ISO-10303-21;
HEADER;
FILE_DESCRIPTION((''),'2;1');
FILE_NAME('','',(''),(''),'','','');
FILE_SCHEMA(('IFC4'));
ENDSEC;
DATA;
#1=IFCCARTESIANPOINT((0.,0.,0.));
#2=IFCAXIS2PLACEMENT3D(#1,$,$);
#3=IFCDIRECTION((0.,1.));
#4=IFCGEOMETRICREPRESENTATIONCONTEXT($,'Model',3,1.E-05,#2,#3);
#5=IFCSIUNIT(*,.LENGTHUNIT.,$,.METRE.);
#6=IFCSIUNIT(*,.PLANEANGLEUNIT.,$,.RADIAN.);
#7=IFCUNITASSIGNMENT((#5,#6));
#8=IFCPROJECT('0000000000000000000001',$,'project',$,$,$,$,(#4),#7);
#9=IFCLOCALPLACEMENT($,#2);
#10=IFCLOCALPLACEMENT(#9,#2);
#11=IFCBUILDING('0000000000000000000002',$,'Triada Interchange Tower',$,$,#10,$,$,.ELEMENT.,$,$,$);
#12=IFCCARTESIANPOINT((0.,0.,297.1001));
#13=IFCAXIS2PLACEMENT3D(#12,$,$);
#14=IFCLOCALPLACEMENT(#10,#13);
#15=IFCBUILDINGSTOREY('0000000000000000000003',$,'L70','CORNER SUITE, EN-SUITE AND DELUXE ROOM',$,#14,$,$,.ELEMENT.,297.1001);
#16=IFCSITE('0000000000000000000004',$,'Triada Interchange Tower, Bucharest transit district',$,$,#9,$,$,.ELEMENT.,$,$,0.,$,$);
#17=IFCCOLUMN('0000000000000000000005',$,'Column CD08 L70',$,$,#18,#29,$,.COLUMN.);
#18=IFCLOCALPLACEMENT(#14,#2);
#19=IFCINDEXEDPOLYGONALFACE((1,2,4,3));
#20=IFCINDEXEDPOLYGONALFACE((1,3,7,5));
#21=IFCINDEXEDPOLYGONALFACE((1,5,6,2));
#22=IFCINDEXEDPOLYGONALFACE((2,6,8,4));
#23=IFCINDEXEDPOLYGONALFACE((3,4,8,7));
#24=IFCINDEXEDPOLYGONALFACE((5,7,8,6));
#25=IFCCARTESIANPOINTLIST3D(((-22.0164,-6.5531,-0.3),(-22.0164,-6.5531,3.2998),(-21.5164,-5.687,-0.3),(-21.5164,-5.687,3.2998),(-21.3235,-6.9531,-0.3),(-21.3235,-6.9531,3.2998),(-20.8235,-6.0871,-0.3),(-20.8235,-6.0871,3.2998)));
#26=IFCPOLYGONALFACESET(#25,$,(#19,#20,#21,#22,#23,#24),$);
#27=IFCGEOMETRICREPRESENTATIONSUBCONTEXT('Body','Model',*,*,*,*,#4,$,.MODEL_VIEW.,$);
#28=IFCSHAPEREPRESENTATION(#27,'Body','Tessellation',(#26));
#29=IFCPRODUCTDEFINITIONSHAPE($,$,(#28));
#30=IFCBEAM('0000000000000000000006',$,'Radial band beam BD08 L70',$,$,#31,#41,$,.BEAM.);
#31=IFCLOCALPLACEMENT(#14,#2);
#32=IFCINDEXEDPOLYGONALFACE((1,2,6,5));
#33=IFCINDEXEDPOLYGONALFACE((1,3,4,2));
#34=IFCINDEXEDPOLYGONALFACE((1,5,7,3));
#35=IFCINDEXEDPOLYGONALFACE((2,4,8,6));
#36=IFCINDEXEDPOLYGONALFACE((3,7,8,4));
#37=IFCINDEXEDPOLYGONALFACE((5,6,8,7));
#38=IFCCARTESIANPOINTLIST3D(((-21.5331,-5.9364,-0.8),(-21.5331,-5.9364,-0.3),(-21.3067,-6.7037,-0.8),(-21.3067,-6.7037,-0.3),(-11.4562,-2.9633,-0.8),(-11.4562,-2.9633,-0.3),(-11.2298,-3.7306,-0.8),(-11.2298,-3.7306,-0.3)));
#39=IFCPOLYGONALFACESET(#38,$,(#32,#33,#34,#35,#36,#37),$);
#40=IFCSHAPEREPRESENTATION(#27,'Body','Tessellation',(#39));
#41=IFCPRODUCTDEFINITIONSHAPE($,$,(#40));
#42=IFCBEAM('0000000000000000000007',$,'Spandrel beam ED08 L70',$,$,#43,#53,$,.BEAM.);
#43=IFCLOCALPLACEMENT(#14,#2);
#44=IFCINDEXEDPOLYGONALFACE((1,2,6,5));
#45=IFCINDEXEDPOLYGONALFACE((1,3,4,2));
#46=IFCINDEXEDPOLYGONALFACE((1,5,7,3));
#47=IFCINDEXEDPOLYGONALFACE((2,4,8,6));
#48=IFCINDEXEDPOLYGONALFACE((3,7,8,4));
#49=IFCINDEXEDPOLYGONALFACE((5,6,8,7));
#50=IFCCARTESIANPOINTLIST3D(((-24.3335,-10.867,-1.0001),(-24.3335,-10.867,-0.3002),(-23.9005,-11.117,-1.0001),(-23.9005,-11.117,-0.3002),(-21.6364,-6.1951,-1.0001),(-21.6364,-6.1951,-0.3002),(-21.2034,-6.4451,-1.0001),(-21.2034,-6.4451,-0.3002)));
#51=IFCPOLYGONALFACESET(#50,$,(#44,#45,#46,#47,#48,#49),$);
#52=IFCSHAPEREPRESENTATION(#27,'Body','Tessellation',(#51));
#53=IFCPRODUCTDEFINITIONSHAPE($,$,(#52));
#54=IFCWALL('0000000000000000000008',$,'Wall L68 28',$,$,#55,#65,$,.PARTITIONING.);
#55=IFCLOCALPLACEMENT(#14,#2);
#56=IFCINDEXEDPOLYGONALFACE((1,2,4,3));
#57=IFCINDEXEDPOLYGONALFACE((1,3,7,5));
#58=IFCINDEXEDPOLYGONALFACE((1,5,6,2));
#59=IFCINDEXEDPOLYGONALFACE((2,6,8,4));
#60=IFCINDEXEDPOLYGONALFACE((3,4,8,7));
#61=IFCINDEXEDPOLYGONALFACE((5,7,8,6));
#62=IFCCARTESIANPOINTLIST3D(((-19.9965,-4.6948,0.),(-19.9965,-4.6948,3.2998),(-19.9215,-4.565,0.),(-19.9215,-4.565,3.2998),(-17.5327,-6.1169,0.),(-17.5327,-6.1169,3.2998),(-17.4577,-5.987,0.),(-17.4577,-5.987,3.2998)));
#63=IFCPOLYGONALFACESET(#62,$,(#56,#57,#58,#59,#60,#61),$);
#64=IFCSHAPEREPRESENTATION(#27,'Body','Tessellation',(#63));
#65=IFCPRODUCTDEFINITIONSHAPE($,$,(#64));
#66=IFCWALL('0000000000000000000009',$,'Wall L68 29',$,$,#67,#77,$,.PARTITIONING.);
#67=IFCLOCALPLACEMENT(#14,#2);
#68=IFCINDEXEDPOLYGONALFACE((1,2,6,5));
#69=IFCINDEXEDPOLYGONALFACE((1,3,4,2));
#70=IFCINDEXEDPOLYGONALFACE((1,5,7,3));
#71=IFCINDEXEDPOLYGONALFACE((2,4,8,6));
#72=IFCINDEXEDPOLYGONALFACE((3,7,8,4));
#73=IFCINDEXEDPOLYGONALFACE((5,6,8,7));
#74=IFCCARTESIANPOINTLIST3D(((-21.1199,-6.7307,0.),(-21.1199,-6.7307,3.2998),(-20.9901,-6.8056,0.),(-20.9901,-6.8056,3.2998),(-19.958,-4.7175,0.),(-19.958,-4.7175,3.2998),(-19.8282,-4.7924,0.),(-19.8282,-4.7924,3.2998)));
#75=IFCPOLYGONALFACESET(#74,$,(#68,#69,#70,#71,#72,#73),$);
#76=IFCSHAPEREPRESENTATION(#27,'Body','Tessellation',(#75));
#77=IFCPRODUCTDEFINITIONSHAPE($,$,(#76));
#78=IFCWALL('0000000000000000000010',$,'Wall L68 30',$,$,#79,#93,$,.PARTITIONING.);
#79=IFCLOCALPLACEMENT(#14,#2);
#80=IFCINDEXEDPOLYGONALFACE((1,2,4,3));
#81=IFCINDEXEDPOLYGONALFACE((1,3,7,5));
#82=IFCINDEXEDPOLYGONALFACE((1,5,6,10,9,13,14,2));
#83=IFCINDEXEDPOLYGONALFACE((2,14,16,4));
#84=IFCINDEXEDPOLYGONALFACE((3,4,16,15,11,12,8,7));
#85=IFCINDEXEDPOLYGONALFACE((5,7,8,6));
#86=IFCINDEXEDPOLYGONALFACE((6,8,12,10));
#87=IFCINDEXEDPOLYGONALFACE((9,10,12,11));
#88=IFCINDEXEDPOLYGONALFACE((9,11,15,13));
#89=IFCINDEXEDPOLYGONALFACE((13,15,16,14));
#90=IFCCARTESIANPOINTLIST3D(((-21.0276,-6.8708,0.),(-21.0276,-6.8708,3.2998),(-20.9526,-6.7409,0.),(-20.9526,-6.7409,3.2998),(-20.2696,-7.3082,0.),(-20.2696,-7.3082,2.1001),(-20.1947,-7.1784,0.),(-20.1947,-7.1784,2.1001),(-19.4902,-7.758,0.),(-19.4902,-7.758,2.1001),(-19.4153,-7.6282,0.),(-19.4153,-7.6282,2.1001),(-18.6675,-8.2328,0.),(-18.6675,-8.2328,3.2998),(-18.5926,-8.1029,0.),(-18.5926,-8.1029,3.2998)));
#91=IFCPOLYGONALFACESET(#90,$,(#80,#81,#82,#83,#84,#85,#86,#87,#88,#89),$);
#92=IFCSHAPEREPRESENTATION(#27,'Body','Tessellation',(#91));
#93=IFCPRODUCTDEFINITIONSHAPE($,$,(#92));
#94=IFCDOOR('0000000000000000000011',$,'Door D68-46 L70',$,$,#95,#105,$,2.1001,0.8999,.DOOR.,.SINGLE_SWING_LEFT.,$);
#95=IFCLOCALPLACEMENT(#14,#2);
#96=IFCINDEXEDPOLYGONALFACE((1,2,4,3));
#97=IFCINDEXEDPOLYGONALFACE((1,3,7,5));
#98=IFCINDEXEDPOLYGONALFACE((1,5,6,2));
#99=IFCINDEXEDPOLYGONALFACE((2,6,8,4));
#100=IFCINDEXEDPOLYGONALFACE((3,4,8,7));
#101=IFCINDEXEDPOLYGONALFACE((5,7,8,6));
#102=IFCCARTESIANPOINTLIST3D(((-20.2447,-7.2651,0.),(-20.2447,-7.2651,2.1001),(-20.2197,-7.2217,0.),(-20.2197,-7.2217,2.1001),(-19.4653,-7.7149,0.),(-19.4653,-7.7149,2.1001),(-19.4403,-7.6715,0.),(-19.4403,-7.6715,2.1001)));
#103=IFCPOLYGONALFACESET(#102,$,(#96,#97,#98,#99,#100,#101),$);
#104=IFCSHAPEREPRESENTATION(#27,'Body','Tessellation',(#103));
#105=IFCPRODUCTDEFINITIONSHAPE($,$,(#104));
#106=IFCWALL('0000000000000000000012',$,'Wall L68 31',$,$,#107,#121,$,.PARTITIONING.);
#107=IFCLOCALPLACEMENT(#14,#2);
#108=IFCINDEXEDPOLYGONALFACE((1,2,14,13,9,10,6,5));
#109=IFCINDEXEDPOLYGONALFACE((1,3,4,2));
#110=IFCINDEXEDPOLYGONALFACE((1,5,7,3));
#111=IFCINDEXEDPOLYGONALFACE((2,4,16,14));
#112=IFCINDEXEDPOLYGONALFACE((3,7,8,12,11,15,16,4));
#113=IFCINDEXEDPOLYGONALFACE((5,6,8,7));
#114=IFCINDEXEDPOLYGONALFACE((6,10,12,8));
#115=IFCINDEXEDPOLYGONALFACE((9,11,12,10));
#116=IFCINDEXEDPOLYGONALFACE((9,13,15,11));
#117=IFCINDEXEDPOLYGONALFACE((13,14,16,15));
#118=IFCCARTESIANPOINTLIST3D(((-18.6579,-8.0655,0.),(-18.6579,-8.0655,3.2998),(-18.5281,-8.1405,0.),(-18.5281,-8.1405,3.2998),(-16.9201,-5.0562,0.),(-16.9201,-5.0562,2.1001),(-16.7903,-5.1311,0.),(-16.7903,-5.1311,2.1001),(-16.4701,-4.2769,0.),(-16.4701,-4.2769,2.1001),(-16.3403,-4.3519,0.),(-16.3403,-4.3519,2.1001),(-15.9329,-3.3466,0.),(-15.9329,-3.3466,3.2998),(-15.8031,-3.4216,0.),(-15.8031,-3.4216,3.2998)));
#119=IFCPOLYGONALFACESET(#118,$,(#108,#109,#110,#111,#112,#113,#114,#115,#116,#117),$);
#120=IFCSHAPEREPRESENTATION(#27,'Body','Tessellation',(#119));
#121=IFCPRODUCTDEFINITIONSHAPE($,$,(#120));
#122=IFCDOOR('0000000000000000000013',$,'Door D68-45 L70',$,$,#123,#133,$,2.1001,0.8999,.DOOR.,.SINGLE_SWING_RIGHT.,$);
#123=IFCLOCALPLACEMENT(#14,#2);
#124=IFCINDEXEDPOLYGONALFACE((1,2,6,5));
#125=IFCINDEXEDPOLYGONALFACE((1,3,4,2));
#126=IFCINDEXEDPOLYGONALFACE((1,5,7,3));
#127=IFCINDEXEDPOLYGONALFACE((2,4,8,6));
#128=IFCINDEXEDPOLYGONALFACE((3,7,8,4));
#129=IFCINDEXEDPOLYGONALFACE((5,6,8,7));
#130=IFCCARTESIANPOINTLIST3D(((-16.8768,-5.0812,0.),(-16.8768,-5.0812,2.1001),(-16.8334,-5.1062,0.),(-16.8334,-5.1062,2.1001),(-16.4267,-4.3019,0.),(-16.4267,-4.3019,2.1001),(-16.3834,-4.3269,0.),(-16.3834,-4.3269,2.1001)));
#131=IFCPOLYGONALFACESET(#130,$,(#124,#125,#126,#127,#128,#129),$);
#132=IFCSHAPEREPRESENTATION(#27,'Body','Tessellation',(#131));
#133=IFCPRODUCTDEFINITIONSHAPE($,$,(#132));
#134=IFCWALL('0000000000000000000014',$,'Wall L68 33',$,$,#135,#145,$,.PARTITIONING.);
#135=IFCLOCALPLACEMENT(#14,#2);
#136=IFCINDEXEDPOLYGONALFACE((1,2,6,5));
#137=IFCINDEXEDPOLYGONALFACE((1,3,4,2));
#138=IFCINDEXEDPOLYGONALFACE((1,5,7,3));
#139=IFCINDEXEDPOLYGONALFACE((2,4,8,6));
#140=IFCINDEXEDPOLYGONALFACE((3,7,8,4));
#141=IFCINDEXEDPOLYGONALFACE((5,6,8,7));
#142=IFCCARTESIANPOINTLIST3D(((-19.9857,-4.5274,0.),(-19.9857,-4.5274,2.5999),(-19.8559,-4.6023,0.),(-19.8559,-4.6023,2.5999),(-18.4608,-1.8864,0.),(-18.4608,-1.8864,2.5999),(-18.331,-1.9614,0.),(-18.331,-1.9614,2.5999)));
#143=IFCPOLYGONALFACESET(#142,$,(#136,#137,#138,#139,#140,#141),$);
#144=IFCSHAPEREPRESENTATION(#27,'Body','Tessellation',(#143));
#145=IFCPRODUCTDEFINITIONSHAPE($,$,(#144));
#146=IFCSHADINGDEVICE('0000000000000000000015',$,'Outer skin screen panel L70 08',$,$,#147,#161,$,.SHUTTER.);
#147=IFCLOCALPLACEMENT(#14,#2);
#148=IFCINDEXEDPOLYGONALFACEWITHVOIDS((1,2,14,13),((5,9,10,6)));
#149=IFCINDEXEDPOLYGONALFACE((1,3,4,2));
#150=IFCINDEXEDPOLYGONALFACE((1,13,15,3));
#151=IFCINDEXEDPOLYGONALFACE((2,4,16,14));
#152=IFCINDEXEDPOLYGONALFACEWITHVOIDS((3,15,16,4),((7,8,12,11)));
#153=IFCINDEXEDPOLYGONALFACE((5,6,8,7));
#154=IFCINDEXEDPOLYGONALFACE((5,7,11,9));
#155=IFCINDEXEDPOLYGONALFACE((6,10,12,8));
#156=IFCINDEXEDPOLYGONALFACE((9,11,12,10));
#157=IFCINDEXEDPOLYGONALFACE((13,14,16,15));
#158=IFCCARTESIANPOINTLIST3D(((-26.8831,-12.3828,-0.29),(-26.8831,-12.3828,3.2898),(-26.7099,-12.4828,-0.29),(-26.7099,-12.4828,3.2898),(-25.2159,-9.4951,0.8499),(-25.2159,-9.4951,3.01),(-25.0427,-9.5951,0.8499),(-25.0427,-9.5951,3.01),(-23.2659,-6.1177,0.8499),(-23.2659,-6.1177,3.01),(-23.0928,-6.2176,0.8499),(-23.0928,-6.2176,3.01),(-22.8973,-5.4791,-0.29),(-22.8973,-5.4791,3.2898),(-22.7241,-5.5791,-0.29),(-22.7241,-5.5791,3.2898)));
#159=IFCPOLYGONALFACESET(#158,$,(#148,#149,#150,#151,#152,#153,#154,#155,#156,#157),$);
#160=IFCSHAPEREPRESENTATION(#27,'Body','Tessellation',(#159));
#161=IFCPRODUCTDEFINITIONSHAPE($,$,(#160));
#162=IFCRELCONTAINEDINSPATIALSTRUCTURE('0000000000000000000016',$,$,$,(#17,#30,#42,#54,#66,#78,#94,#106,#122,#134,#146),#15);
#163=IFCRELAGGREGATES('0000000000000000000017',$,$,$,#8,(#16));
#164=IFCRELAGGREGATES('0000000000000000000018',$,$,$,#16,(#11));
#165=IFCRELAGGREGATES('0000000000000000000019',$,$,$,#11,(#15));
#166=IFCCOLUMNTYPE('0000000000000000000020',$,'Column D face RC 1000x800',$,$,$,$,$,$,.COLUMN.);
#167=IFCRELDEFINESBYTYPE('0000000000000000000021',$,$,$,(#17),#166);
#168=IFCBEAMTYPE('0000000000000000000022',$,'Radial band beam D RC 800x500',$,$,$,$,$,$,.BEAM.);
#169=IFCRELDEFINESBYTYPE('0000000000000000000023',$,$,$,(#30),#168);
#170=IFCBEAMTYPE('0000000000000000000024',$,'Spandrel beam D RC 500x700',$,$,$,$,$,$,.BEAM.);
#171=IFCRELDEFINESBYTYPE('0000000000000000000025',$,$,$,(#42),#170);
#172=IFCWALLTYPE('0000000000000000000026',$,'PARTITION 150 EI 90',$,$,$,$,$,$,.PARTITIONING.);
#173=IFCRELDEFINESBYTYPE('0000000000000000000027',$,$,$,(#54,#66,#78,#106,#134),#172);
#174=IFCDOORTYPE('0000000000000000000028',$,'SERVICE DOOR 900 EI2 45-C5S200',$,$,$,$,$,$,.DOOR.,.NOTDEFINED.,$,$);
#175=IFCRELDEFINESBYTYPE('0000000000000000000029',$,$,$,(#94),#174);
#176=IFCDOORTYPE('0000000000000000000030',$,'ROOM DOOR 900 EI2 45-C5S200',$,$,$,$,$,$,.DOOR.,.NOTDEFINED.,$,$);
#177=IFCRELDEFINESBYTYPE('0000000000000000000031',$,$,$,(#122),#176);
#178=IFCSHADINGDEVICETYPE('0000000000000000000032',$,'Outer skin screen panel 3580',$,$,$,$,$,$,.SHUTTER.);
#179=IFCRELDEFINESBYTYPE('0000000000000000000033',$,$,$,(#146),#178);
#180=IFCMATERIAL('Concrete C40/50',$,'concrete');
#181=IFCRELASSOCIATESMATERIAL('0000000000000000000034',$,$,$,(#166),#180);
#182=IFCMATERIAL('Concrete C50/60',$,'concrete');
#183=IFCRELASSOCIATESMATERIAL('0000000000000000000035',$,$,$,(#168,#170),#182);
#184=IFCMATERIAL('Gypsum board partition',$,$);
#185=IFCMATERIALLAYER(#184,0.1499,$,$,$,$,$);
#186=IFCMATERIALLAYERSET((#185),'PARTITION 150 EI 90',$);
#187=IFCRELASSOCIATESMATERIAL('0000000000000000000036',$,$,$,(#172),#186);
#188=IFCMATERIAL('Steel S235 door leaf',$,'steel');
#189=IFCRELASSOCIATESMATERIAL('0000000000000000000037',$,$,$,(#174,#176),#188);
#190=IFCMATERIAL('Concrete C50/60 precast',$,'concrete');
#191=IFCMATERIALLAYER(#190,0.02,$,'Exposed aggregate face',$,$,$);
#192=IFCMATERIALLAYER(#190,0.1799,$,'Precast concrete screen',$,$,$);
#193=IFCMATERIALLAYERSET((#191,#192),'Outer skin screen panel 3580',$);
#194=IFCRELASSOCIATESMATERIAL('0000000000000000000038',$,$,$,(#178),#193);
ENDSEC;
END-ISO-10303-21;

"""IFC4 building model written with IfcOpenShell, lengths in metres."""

from ifc_helpers import new_model, si_unit, direction, frame, frame_2d, origin, origin_2d, place, context, subcontext, project, spatial, polyline, rectangle, outline, extrude, material, layer, layer_set, material_profile, profile_set, type_object, element, fill, save


model = new_model("IFC4")

# Units and contexts
model_context = context("Model", 3, precision=1e-05, world=origin(), true_north=direction((0.0, 1.0)))
body_context = subcontext(model_context, "Body", "Model", "MODEL_VIEW")
ifc_project = project(units=[si_unit("LENGTHUNIT", "METRE"), si_unit("PLANEANGLEUNIT", "RADIAN")], contexts=[model_context])

# Site, building, storey
site_placement = place(None, origin())
site = spatial("IfcSite", under=ifc_project, at=site_placement, Name="Triada Interchange Tower, Bucharest transit district", CompositionType="ELEMENT", RefElevation=0.0)
building_placement = place(site_placement, origin())
building = spatial("IfcBuilding", under=site, at=building_placement, Name="Triada Interchange Tower", CompositionType="ELEMENT")
storey_placement = place(building_placement, frame((0.0, 0.0, 297.1001)))
storey = spatial("IfcBuildingStorey", under=building, at=storey_placement, Name="L70", Description="CORNER SUITE, EN-SUITE AND DELUXE ROOM", CompositionType="ELEMENT", Elevation=297.1001)

# Column
ifc_material_1 = material(Name="Concrete C40/50", Category="concrete")
ifc_material_profile_1 = material_profile(ifc_material_1, rectangle(XDim=1.0, YDim=0.8, at=origin_2d()), Name="RC 1000x800")
ifc_profile_set_1 = profile_set([ifc_material_profile_1], Name="Concrete C40/50")
column_type = type_object("IfcColumnType", Name="Column D face RC 1000x800", PredefinedType="COLUMN", material=ifc_profile_set_1)
column_placement = place(storey_placement, frame((-21.4199, -6.3201, -0.3), z_axis=(0.0, 0.0, 1.0), x_axis=(0.5, 0.866025, 0.0)))
element("IfcColumn", 1, at=column_placement, inside=storey, type_object=column_type, Name="Column CD08 L70", PredefinedType="COLUMN", context=body_context, shape_type="SweptSolid", body=[
    extrude(rectangle(XDim=1.0, YDim=0.8, at=origin_2d()), origin(), (0.0, 0.0, 1.0), 3.5999),
])

# Beams
ifc_material_2 = material(Name="Concrete C50/60", Category="concrete")
ifc_material_profile_2 = material_profile(ifc_material_2, rectangle(XDim=0.8, YDim=0.5, at=origin_2d()), Name="RC 800x500")
ifc_profile_set_2 = profile_set([ifc_material_profile_2], Name="Concrete C50/60")
beam_type_1 = type_object("IfcBeamType", Name="Radial band beam D RC 800x500", PredefinedType="BEAM", material=ifc_profile_set_2)
beam_1_placement = place(storey_placement, frame((-21.4199, -6.3201, -0.55), z_axis=(0.959124, 0.282985, 0.0), x_axis=(-0.282985, 0.959124, 0.0)))
element("IfcBeam", 2, at=beam_1_placement, inside=storey, type_object=beam_type_1, Name="Radial band beam BD08 L70", PredefinedType="BEAM", context=body_context, shape_type="SweptSolid", body=[
    extrude(rectangle(XDim=0.8, YDim=0.5, at=origin_2d()), origin(), (0.0, 0.0, 1.0), 10.5063),
])
ifc_material_profile_3 = material_profile(ifc_material_2, rectangle(XDim=0.5, YDim=0.7, at=origin_2d()), Name="RC 500x700")
ifc_profile_set_3 = profile_set([ifc_material_profile_3], Name="Concrete C50/60")
beam_type_2 = type_object("IfcBeamType", Name="Spandrel beam D RC 500x700", PredefinedType="BEAM", material=ifc_profile_set_3)
beam_2_placement = place(storey_placement, frame((-21.4199, -6.3201, -0.6501), z_axis=(-0.49996, -0.866048, 0.0), x_axis=(0.866048, -0.49996, 0.0)))
element("IfcBeam", 3, at=beam_2_placement, inside=storey, type_object=beam_type_2, Name="Spandrel beam ED08 L70", PredefinedType="BEAM", context=body_context, shape_type="SweptSolid", body=[
    extrude(rectangle(XDim=0.5, YDim=0.7, at=origin_2d()), origin(), (0.0, 0.0, 1.0), 5.3945),
])

# Walls
ifc_material_3 = material(Name="Gypsum board partition")
ifc_layer_1 = layer(ifc_material_3, 0.1499)
ifc_layer_set_1 = layer_set([ifc_layer_1], Name="PARTITION 150 EI 90")
wall_type = type_object("IfcWallType", Name="PARTITION 150 EI 90", PredefinedType="PARTITIONING", material=ifc_layer_set_1)
wall_1_placement = place(storey_placement, frame((-19.959, -4.6299, 0.0), z_axis=(0.0, 0.0, 1.0), x_axis=(0.866086, -0.499896, 0.0)))
element("IfcWall", 4, at=wall_1_placement, inside=storey, type_object=wall_type, Name="Wall L68 28", PredefinedType="PARTITIONING", context=body_context, shape_type="SweptSolid", body=[
    extrude(rectangle(XDim=2.8447, YDim=0.1499, at=frame_2d((1.4224, 0.0))), origin(), (0.0, 0.0, 1.0), 3.2998),
])
wall_2_placement = place(storey_placement, frame((-21.0549, -6.7681, 0.0), z_axis=(0.0, 0.0, 1.0), x_axis=(0.499856, 0.866109, 0.0)))
element("IfcWall", 5, at=wall_2_placement, inside=storey, type_object=wall_type, Name="Wall L68 29", PredefinedType="PARTITIONING", context=body_context, shape_type="SweptSolid", body=[
    extrude(rectangle(XDim=2.3245, YDim=0.1499, at=frame_2d((1.1621, 0.0))), origin(), (0.0, 0.0, 1.0), 3.2998),
])

# Walls, openings, doors
wall_3_placement = place(storey_placement, frame((-20.99, -6.8059, 0.0), z_axis=(0.0, 0.0, 1.0), x_axis=(0.866112, -0.499849, 0.0)))
wall_3 = element("IfcWall", 6, at=wall_3_placement, inside=storey, type_object=wall_type, Name="Wall L68 30", PredefinedType="PARTITIONING", context=body_context, shape_type="SweptSolid", body=[
    extrude(rectangle(XDim=2.7249, YDim=0.1499, at=frame_2d((1.3623, 0.0))), origin(), (0.0, 0.0, 1.0), 3.2998),
])
opening_1_placement = place(wall_3_placement, frame((0.875, 0.0, 0.0)))
opening_1 = element("IfcOpeningElement", 7, at=opening_1_placement, cuts=wall_3, PredefinedType="OPENING", context=body_context, shape_type="SweptSolid", body=[
    extrude(rectangle(XDim=0.8999, YDim=2.1001, at=frame_2d((0.45, 1.05))), frame((0.0, 0.085, 0.0), z_axis=(0.0, -1.0, 0.0), x_axis=(1.0, 0.0, 0.0)), (0.0, 0.0, 1.0), 0.1699),
])
ifc_material_4 = material(Name="Steel S235 door leaf", Category="steel")
door_type_1 = type_object("IfcDoorType", Name="SERVICE DOOR 900 EI2 45-C5S200", OperationType="NOTDEFINED", PredefinedType="DOOR", material=ifc_material_4)
door_1_placement = place(opening_1_placement, origin())
door_1 = element("IfcDoor", 8, at=door_1_placement, inside=storey, type_object=door_type_1, Name="Door D68-46 L70", OperationType="SINGLE_SWING_LEFT", OverallHeight=2.1001, OverallWidth=0.8999, PredefinedType="DOOR", context=body_context, shape_type="SweptSolid", body=[
    extrude(rectangle(XDim=0.8999, YDim=2.1001, at=frame_2d((0.45, 1.05))), frame((0.0, 0.0249, 0.0), z_axis=(0.0, -1.0, 0.0), x_axis=(1.0, 0.0, 0.0)), (0.0, 0.0, 1.0), 0.05),
])
fill(opening_1, door_1)
wall_4_placement = place(storey_placement, frame((-18.593, -8.103, 0.0), z_axis=(0.0, 0.0, 1.0), x_axis=(0.500081, 0.865979, 0.0)))
wall_4 = element("IfcWall", 9, at=wall_4_placement, inside=storey, type_object=wall_type, Name="Wall L68 31", PredefinedType="PARTITIONING", context=body_context, shape_type="SweptSolid", body=[
    extrude(rectangle(XDim=5.4492, YDim=0.1499, at=frame_2d((2.7246, 0.0))), origin(), (0.0, 0.0, 1.0), 3.2998),
])
opening_2_placement = place(wall_4_placement, frame((3.4751, 0.0, 0.0)))
opening_2 = element("IfcOpeningElement", 10, at=opening_2_placement, cuts=wall_4, PredefinedType="OPENING", context=body_context, shape_type="SweptSolid", body=[
    extrude(rectangle(XDim=0.8999, YDim=2.1001, at=frame_2d((0.45, 1.05))), frame((0.0, 0.085, 0.0), z_axis=(0.0, -1.0, 0.0), x_axis=(1.0, 0.0, 0.0)), (0.0, 0.0, 1.0), 0.1699),
])
door_type_2 = type_object("IfcDoorType", Name="ROOM DOOR 900 EI2 45-C5S200", OperationType="NOTDEFINED", PredefinedType="DOOR", material=ifc_material_4)
door_2_placement = place(opening_2_placement, origin())
door_2 = element("IfcDoor", 11, at=door_2_placement, inside=storey, type_object=door_type_2, Name="Door D68-45 L70", OperationType="SINGLE_SWING_RIGHT", OverallHeight=2.1001, OverallWidth=0.8999, PredefinedType="DOOR", context=body_context, shape_type="SweptSolid", body=[
    extrude(rectangle(XDim=0.8999, YDim=2.1001, at=frame_2d((0.45, 1.05))), frame((0.0, 0.0249, 0.0), z_axis=(0.0, -1.0, 0.0), x_axis=(1.0, 0.0, 0.0)), (0.0, 0.0, 1.0), 0.05),
])
fill(opening_2, door_2)

# Wall
wall_5_placement = place(storey_placement, frame((-19.9209, -4.5649, 0.0), z_axis=(0.0, 0.0, 1.0), x_axis=(0.500048, 0.865998, 0.0)))
element("IfcWall", 12, at=wall_5_placement, inside=storey, type_object=wall_type, Name="Wall L68 33", PredefinedType="PARTITIONING", context=body_context, shape_type="SweptSolid", body=[
    extrude(rectangle(XDim=3.0496, YDim=0.1499, at=frame_2d((1.5249, 0.0))), origin(), (0.0, 0.0, 1.0), 2.5999),
])

# Shading device
ifc_material_5 = material(Name="Concrete C50/60 precast", Category="concrete")
ifc_layer_2 = layer(ifc_material_5, 0.02, Name="Exposed aggregate face")
ifc_layer_3 = layer(ifc_material_5, 0.1799, Name="Precast concrete screen")
ifc_layer_set_2 = layer_set([ifc_layer_2, ifc_layer_3], Name="Outer skin screen panel 3580")
shading_device_type = type_object("IfcShadingDeviceType", Name="Outer skin screen panel 3580", PredefinedType="SHUTTER", material=ifc_layer_set_2)
shading_device_placement = place(storey_placement, frame((-22.7241, -5.5791, -0.29), z_axis=(0.0, 0.0, 1.0), x_axis=(-0.499993, -0.86603, 0.0)))
element("IfcShadingDevice", 13, at=shading_device_placement, inside=storey, type_object=shading_device_type, Name="Outer skin screen panel L70 08", PredefinedType="SHUTTER", context=body_context, shape_type="SweptSolid", body=[
    extrude(outline(polyline([(0.0, 0.0), (7.9717, 0.0), (7.9717, 3.5798), (0.0, 3.5798), (0.0, 0.0)]), holes=[polyline([(0.7373, 1.1399), (0.7373, 3.3), (4.6372, 3.3), (4.6372, 1.1399), (0.7373, 1.1399)])]), frame((0.0, 0.0, 0.0), z_axis=(0.0, -1.0, 0.0), x_axis=(1.0, 0.0, 0.0)), (0.0, 0.0, 1.0), 0.2),
])

save(model, "model.ifc")
